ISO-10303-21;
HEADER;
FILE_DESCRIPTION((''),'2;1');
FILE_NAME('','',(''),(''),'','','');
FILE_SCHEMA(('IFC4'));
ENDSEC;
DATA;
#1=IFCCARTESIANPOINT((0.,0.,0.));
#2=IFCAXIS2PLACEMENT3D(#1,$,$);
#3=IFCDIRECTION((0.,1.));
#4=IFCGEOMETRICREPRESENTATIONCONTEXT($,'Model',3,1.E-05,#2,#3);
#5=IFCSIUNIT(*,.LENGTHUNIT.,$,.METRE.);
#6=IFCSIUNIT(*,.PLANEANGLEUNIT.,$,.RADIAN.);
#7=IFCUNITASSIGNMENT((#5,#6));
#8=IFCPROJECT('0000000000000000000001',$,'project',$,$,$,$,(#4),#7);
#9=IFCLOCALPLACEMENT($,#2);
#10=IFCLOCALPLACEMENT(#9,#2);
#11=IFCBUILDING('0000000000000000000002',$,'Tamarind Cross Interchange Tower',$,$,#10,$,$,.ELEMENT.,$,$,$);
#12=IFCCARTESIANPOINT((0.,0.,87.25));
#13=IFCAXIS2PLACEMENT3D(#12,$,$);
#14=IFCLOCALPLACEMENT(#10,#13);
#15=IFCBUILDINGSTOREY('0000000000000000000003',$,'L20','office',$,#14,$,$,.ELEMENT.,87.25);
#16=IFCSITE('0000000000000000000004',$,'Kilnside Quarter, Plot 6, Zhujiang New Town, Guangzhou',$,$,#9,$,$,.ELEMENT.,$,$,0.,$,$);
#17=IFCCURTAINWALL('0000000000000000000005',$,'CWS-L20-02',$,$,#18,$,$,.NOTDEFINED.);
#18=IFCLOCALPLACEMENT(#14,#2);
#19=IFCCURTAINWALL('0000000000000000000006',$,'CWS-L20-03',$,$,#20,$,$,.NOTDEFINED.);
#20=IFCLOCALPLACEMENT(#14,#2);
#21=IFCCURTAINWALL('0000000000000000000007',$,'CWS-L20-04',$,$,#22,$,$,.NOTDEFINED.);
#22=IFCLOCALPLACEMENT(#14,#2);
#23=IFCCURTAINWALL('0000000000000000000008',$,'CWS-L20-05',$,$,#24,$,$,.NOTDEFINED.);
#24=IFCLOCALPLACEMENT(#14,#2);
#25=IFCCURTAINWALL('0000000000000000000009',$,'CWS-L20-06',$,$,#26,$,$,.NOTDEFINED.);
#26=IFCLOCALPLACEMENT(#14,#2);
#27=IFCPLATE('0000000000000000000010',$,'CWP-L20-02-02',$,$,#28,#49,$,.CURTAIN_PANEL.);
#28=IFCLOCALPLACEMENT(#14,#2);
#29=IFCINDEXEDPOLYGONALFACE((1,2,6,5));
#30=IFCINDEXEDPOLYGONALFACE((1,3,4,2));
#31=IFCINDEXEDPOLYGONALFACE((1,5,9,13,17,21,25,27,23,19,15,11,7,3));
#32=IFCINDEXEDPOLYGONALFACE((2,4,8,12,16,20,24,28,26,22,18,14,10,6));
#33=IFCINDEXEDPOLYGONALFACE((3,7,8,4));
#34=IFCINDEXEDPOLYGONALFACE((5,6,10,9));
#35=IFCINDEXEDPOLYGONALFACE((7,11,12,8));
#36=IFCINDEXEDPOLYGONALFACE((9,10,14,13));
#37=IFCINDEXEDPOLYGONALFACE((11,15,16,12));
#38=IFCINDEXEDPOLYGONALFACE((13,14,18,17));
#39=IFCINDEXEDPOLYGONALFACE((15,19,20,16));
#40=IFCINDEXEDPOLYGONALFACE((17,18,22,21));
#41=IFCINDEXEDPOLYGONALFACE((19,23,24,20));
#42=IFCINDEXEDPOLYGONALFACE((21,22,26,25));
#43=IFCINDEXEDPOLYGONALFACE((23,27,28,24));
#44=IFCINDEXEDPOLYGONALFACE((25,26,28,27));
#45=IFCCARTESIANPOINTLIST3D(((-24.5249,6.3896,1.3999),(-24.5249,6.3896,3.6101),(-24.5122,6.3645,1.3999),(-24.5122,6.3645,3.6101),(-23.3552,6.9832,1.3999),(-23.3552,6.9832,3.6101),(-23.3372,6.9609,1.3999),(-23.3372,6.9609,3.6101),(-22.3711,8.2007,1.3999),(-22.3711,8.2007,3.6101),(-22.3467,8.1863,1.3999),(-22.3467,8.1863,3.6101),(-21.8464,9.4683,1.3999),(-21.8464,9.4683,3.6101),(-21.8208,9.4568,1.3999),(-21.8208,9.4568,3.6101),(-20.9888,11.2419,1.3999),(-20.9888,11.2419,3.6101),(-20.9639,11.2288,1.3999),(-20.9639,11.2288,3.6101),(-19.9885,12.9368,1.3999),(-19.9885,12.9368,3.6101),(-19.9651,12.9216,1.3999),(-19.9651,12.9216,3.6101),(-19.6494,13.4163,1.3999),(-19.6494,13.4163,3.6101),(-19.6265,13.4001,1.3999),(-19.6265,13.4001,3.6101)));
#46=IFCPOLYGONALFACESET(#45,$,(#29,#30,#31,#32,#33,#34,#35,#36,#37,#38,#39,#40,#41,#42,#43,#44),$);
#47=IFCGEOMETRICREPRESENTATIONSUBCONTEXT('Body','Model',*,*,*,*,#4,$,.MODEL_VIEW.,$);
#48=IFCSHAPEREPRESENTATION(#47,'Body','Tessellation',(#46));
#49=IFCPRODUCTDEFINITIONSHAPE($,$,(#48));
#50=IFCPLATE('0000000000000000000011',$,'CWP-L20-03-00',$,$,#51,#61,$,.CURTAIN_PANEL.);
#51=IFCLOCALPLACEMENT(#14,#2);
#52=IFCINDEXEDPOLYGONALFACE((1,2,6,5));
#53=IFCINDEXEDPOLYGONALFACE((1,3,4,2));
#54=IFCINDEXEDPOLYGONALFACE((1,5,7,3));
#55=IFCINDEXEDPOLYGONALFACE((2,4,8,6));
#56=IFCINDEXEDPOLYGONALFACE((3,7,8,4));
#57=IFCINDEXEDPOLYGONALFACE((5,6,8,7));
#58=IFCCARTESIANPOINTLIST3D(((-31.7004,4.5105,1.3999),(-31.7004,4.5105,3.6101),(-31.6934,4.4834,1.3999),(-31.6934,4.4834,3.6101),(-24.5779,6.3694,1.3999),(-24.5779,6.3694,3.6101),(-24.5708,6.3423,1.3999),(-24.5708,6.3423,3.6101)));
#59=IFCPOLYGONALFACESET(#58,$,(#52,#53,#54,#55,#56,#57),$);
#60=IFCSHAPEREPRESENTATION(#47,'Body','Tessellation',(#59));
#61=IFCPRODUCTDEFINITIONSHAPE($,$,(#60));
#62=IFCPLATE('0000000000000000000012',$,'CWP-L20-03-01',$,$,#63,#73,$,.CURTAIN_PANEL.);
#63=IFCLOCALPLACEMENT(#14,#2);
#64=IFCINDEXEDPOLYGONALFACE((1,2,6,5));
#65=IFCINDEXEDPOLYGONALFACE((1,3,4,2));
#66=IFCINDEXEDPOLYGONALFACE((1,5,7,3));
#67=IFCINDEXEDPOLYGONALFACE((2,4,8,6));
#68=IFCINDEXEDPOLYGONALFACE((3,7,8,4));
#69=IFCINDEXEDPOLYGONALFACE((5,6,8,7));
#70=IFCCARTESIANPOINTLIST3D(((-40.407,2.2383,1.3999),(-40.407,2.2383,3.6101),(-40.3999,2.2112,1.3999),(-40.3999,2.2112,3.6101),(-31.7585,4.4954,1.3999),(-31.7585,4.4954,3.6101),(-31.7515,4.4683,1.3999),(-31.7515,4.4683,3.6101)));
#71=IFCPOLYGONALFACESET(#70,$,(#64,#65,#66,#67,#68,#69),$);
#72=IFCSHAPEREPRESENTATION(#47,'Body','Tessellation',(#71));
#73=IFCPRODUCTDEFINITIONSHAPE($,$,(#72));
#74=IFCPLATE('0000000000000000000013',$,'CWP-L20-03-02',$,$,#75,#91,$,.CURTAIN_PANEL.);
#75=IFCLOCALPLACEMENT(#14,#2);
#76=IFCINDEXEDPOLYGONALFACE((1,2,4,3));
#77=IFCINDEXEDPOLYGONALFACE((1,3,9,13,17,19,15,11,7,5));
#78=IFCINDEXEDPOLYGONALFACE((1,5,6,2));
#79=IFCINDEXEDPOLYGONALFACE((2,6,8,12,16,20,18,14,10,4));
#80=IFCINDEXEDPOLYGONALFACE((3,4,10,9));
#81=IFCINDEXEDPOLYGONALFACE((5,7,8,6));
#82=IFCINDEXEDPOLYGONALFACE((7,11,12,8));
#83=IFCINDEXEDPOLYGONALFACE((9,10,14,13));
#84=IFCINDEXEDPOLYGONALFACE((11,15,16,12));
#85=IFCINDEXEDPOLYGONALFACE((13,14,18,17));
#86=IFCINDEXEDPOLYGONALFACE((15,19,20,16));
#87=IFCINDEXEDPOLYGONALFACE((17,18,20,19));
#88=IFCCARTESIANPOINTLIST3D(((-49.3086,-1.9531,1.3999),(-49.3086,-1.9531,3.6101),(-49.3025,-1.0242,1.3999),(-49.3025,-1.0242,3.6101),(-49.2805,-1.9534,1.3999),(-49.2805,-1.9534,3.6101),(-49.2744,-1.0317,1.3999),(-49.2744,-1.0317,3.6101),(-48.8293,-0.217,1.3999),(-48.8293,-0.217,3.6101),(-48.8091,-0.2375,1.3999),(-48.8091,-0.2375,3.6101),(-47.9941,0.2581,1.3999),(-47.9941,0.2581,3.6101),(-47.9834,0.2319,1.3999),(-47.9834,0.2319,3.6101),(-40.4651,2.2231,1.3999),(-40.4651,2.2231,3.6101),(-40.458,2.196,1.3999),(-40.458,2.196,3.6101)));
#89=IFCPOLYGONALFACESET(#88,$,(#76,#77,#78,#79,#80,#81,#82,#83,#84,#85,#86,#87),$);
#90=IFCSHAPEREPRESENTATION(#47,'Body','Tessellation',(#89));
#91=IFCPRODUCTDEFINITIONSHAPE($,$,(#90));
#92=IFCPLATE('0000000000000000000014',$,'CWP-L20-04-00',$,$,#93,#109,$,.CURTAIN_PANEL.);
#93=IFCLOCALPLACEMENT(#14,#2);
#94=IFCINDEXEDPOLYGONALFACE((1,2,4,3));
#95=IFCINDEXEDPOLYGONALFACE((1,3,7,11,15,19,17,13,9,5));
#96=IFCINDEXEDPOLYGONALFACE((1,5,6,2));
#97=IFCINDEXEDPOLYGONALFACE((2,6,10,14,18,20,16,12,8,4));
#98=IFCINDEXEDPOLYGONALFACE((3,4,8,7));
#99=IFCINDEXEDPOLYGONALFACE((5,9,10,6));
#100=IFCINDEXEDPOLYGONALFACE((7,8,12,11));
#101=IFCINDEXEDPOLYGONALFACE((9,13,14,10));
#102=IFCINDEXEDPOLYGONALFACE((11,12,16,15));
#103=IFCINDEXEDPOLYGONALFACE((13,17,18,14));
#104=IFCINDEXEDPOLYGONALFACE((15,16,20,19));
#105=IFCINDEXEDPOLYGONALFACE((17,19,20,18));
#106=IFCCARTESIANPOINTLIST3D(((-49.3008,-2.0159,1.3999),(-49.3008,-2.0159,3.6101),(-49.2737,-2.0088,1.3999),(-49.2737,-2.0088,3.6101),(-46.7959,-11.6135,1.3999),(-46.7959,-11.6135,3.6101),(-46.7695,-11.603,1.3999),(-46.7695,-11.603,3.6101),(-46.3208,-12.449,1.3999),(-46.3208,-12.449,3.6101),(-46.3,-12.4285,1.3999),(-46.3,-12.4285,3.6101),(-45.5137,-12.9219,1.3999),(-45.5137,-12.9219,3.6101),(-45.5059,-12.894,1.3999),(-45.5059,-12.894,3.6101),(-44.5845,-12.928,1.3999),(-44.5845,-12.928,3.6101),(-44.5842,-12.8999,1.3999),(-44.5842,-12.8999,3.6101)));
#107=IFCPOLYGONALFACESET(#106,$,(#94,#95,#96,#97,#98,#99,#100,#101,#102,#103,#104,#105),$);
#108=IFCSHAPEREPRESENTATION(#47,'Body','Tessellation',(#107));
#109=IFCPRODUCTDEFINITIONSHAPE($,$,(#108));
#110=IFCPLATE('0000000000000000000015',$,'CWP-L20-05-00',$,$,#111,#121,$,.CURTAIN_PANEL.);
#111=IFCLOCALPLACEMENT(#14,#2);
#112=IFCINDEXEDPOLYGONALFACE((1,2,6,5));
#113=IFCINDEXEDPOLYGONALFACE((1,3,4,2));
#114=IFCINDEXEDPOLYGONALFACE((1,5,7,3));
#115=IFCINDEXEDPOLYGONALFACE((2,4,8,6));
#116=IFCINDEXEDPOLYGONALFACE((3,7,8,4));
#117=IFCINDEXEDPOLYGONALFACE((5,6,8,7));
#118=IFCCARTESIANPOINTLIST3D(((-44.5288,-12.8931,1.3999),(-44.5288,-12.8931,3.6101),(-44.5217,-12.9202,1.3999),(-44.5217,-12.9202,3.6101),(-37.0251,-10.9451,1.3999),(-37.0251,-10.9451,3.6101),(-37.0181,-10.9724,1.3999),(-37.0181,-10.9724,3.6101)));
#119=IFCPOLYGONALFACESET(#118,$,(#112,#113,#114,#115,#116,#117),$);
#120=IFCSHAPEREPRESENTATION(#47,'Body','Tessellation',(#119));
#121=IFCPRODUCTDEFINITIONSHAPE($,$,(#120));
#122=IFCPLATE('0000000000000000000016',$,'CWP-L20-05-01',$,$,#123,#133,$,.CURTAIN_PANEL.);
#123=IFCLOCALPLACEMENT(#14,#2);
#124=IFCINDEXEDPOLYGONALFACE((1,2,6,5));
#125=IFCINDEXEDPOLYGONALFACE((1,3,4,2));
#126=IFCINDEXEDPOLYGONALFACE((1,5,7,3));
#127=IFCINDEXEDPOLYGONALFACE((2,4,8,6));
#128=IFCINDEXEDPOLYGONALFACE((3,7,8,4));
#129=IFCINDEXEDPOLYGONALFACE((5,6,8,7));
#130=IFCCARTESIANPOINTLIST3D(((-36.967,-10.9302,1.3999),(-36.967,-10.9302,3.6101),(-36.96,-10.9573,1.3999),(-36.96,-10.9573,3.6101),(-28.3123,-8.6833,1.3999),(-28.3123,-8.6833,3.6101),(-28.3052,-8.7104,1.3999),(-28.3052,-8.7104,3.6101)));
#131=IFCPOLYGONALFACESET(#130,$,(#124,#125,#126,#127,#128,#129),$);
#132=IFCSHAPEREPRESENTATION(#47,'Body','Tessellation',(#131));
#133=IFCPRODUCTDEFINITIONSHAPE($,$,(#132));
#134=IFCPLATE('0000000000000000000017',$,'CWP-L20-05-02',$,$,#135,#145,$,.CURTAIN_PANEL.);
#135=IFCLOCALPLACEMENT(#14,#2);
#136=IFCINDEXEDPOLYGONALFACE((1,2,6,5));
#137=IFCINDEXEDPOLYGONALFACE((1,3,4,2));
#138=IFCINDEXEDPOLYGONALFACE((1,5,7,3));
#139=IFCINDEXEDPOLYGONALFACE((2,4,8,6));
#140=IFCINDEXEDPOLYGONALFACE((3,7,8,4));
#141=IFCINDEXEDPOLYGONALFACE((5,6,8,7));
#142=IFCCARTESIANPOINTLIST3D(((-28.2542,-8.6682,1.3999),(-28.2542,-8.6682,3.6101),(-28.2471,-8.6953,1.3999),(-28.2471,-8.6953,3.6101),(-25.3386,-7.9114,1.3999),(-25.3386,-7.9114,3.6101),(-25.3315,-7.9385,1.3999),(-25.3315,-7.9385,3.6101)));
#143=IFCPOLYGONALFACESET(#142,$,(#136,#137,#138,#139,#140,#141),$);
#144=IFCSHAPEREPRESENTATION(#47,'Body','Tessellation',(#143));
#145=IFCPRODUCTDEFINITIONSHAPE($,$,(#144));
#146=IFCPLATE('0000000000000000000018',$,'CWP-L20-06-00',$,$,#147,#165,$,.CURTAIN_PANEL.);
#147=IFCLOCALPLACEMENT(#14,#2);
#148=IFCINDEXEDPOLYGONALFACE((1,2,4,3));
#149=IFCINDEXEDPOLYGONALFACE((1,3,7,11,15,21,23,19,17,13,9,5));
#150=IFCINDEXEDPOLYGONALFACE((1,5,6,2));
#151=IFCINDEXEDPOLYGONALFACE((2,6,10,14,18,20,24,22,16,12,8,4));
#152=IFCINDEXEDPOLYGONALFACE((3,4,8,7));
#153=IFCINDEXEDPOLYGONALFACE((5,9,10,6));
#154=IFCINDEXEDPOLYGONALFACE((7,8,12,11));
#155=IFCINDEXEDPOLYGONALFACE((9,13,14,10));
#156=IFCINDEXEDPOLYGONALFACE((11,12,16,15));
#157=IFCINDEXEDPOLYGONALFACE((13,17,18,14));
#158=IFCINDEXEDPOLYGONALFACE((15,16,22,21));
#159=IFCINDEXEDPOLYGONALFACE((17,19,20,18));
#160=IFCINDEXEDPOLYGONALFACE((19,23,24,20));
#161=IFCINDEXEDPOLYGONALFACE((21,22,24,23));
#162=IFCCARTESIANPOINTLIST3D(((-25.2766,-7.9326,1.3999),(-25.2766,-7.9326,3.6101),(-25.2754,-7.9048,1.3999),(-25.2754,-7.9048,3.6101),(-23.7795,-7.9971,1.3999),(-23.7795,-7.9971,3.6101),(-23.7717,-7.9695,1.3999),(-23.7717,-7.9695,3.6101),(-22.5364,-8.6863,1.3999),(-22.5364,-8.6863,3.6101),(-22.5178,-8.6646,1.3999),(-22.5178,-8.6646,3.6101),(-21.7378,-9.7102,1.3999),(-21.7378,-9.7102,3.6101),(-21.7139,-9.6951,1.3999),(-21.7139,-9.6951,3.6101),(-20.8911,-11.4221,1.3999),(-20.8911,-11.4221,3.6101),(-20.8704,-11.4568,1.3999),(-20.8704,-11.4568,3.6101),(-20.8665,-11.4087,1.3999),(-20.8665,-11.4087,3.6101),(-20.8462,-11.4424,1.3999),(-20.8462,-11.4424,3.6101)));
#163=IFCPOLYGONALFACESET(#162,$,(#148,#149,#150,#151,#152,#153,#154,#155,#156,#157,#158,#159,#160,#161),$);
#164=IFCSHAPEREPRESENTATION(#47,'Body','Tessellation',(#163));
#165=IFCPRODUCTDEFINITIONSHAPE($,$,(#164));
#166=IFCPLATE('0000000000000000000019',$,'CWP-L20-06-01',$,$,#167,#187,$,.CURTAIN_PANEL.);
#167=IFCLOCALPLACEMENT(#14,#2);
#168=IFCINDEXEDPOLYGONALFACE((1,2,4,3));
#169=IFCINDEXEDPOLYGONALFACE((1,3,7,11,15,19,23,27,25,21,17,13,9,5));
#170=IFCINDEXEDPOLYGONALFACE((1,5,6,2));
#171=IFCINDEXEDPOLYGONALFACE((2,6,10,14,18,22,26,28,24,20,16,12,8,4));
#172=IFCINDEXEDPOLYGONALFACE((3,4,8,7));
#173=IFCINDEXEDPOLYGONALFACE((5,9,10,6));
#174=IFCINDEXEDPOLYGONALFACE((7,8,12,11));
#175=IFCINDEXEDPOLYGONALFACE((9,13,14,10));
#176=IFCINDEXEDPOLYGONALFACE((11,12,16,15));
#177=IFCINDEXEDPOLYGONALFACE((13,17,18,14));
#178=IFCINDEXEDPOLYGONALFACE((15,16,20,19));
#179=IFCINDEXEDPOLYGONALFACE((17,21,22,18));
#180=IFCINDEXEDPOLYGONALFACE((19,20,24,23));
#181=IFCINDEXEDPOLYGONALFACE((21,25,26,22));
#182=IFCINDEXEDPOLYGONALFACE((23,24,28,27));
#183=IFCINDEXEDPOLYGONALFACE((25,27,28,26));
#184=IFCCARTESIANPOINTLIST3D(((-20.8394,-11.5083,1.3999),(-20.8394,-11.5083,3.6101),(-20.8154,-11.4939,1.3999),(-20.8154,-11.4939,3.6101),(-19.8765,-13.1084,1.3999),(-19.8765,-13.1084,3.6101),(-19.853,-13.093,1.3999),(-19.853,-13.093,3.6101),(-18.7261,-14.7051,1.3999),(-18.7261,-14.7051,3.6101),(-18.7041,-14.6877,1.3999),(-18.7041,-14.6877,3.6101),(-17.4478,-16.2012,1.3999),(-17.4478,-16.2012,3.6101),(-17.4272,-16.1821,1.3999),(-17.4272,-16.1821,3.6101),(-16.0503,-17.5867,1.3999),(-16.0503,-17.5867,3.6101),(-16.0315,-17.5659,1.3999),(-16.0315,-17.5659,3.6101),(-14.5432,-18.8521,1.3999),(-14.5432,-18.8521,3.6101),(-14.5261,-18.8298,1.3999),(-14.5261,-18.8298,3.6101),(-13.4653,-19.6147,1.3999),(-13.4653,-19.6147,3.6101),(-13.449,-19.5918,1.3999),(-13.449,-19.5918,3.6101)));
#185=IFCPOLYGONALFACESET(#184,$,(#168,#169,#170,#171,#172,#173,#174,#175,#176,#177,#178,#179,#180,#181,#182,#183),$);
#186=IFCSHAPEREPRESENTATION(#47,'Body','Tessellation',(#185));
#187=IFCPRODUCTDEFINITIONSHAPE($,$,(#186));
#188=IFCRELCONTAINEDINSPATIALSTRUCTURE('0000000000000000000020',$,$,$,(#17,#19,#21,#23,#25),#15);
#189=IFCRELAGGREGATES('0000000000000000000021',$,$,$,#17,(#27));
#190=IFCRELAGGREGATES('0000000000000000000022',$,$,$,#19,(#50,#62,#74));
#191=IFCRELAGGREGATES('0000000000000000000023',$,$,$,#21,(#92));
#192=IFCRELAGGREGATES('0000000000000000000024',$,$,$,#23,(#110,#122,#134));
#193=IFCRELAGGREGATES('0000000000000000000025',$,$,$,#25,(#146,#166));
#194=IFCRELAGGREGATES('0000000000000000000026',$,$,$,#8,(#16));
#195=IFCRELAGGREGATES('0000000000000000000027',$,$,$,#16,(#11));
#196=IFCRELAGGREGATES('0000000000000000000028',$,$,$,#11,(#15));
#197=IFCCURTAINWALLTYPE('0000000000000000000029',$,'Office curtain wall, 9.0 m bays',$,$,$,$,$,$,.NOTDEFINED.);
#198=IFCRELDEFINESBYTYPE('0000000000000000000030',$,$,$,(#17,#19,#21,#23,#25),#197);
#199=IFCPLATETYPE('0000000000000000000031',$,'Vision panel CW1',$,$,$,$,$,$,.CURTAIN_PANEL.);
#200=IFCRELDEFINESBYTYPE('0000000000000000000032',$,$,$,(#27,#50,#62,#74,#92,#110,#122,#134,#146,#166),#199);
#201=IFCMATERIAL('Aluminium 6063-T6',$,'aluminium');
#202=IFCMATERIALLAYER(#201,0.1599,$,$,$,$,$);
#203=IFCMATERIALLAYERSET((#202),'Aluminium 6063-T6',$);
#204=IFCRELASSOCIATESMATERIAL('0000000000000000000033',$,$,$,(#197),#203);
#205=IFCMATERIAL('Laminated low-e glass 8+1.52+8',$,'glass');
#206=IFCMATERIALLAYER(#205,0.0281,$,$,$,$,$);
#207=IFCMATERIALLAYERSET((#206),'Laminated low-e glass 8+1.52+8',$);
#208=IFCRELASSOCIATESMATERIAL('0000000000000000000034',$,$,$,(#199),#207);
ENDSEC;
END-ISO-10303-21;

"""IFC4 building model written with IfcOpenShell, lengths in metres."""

from ifc_helpers import new_model, si_unit, direction, frame, origin, place, context, subcontext, project, spatial, polyline, outline, extrude, material, layer, layer_set, type_object, element, aggregate, save


model = new_model("IFC4")

# Units and contexts
model_context = context("Model", 3, precision=1e-05, world=origin(), true_north=direction((0.0, 1.0)))
body_context = subcontext(model_context, "Body", "Model", "MODEL_VIEW")
ifc_project = project(units=[si_unit("LENGTHUNIT", "METRE"), si_unit("PLANEANGLEUNIT", "RADIAN")], contexts=[model_context])

# Site, building, storey
site_placement = place(None, origin())
site = spatial("IfcSite", under=ifc_project, at=site_placement, Name="Kilnside Quarter, Plot 6, Zhujiang New Town, Guangzhou", CompositionType="ELEMENT", RefElevation=0.0)
building_placement = place(site_placement, origin())
building = spatial("IfcBuilding", under=site, at=building_placement, Name="Tamarind Cross Interchange Tower", CompositionType="ELEMENT")
storey_placement = place(building_placement, frame((0.0, 0.0, 87.25)))
storey = spatial("IfcBuildingStorey", under=building, at=storey_placement, Name="L20", Description="office", CompositionType="ELEMENT", Elevation=87.25)

# Curtain walls
ifc_material_1 = material(Name="Aluminium 6063-T6", Category="aluminium")
ifc_layer_1 = layer(ifc_material_1, 0.1599)
ifc_layer_set_1 = layer_set([ifc_layer_1], Name="Aluminium 6063-T6")
curtain_wall_type = type_object("IfcCurtainWallType", Name="Office curtain wall, 9.0 m bays", PredefinedType="NOTDEFINED", material=ifc_layer_set_1)
curtain_wall_1_placement = place(storey_placement, origin())
curtain_wall_1 = element("IfcCurtainWall", 1, at=curtain_wall_1_placement, inside=storey, type_object=curtain_wall_type, Name="CWS-L20-02", PredefinedType="NOTDEFINED")
curtain_wall_2_placement = place(storey_placement, origin())
curtain_wall_2 = element("IfcCurtainWall", 2, at=curtain_wall_2_placement, inside=storey, type_object=curtain_wall_type, Name="CWS-L20-03", PredefinedType="NOTDEFINED")
curtain_wall_3_placement = place(storey_placement, origin())
curtain_wall_3 = element("IfcCurtainWall", 3, at=curtain_wall_3_placement, inside=storey, type_object=curtain_wall_type, Name="CWS-L20-04", PredefinedType="NOTDEFINED")
curtain_wall_4_placement = place(storey_placement, origin())
curtain_wall_4 = element("IfcCurtainWall", 4, at=curtain_wall_4_placement, inside=storey, type_object=curtain_wall_type, Name="CWS-L20-05", PredefinedType="NOTDEFINED")
curtain_wall_5_placement = place(storey_placement, origin())
curtain_wall_5 = element("IfcCurtainWall", 5, at=curtain_wall_5_placement, inside=storey, type_object=curtain_wall_type, Name="CWS-L20-06", PredefinedType="NOTDEFINED")

# Plates
ifc_material_2 = material(Name="Laminated low-e glass 8+1.52+8", Category="glass")
ifc_layer_2 = layer(ifc_material_2, 0.0281)
ifc_layer_set_2 = layer_set([ifc_layer_2], Name="Laminated low-e glass 8+1.52+8")
plate_type = type_object("IfcPlateType", Name="Vision panel CW1", PredefinedType="CURTAIN_PANEL", material=ifc_layer_set_2)
plate_1_placement = place(storey_placement, frame((0.0, 0.0, 1.3999)))
plate_1 = element("IfcPlate", 6, at=plate_1_placement, type_object=plate_type, Name="CWP-L20-02-02", PredefinedType="CURTAIN_PANEL", context=body_context, shape_type="SweptSolid", body=[
    extrude(outline(polyline([(-19.6265, 13.4001), (-19.9651, 12.9216), (-20.9639, 11.2288), (-21.8208, 9.4568), (-22.3467, 8.1863), (-23.3372, 6.9609), (-24.5122, 6.3645), (-24.5249, 6.3896), (-23.3552, 6.9832), (-22.3711, 8.2007), (-21.8464, 9.4683), (-20.9888, 11.2419), (-19.9885, 12.9368), (-19.6494, 13.4163), (-19.6265, 13.4001)])), origin(), (0.0, 0.0, 1.0), 2.2102),
])
aggregate(curtain_wall_1, [plate_1])
plate_2_placement = place(storey_placement, frame((0.0, 0.0, 1.3999)))
plate_2 = element("IfcPlate", 7, at=plate_2_placement, type_object=plate_type, Name="CWP-L20-03-00", PredefinedType="CURTAIN_PANEL", context=body_context, shape_type="SweptSolid", body=[
    extrude(outline(polyline([(-24.5708, 6.3423), (-31.6934, 4.4834), (-31.7004, 4.5105), (-24.5779, 6.3694), (-24.5708, 6.3423)])), origin(), (0.0, 0.0, 1.0), 2.2102),
])
plate_3_placement = place(storey_placement, frame((0.0, 0.0, 1.3999)))
plate_3 = element("IfcPlate", 8, at=plate_3_placement, type_object=plate_type, Name="CWP-L20-03-01", PredefinedType="CURTAIN_PANEL", context=body_context, shape_type="SweptSolid", body=[
    extrude(outline(polyline([(-31.7515, 4.4683), (-40.3999, 2.2112), (-40.407, 2.2383), (-31.7585, 4.4954), (-31.7515, 4.4683)])), origin(), (0.0, 0.0, 1.0), 2.2102),
])
plate_4_placement = place(storey_placement, frame((0.0, 0.0, 1.3999)))
plate_4 = element("IfcPlate", 9, at=plate_4_placement, type_object=plate_type, Name="CWP-L20-03-02", PredefinedType="CURTAIN_PANEL", context=body_context, shape_type="SweptSolid", body=[
    extrude(outline(polyline([(-40.458, 2.196), (-47.9834, 0.2319), (-48.8091, -0.2375), (-49.2744, -1.0317), (-49.2805, -1.9534), (-49.3086, -1.9531), (-49.3025, -1.0242), (-48.8293, -0.217), (-47.9941, 0.2581), (-40.4651, 2.2231), (-40.458, 2.196)])), origin(), (0.0, 0.0, 1.0), 2.2102),
])
aggregate(curtain_wall_2, [plate_2, plate_3, plate_4])
plate_5_placement = place(storey_placement, frame((0.0, 0.0, 1.3999)))
plate_5 = element("IfcPlate", 10, at=plate_5_placement, type_object=plate_type, Name="CWP-L20-04-00", PredefinedType="CURTAIN_PANEL", context=body_context, shape_type="SweptSolid", body=[
    extrude(outline(polyline([(-49.2737, -2.0088), (-46.7695, -11.603), (-46.3, -12.4285), (-45.5059, -12.894), (-44.5842, -12.8999), (-44.5845, -12.928), (-45.5137, -12.9219), (-46.3208, -12.449), (-46.7959, -11.6135), (-49.3008, -2.0159), (-49.2737, -2.0088)])), origin(), (0.0, 0.0, 1.0), 2.2102),
])
aggregate(curtain_wall_3, [plate_5])
plate_6_placement = place(storey_placement, frame((0.0, 0.0, 1.3999)))
plate_6 = element("IfcPlate", 11, at=plate_6_placement, type_object=plate_type, Name="CWP-L20-05-00", PredefinedType="CURTAIN_PANEL", context=body_context, shape_type="SweptSolid", body=[
    extrude(outline(polyline([(-44.5288, -12.8931), (-37.0251, -10.9451), (-37.0181, -10.9724), (-44.5217, -12.9202), (-44.5288, -12.8931)])), origin(), (0.0, 0.0, 1.0), 2.2102),
])
plate_7_placement = place(storey_placement, frame((0.0, 0.0, 1.3999)))
plate_7 = element("IfcPlate", 12, at=plate_7_placement, type_object=plate_type, Name="CWP-L20-05-01", PredefinedType="CURTAIN_PANEL", context=body_context, shape_type="SweptSolid", body=[
    extrude(outline(polyline([(-36.967, -10.9302), (-28.3123, -8.6833), (-28.3052, -8.7104), (-36.96, -10.9573), (-36.967, -10.9302)])), origin(), (0.0, 0.0, 1.0), 2.2102),
])
plate_8_placement = place(storey_placement, frame((0.0, 0.0, 1.3999)))
plate_8 = element("IfcPlate", 13, at=plate_8_placement, type_object=plate_type, Name="CWP-L20-05-02", PredefinedType="CURTAIN_PANEL", context=body_context, shape_type="SweptSolid", body=[
    extrude(outline(polyline([(-28.2542, -8.6682), (-25.3386, -7.9114), (-25.3315, -7.9385), (-28.2471, -8.6953), (-28.2542, -8.6682)])), origin(), (0.0, 0.0, 1.0), 2.2102),
])
aggregate(curtain_wall_4, [plate_6, plate_7, plate_8])
plate_9_placement = place(storey_placement, frame((0.0, 0.0, 1.3999)))
plate_9 = element("IfcPlate", 14, at=plate_9_placement, type_object=plate_type, Name="CWP-L20-06-00", PredefinedType="CURTAIN_PANEL", context=body_context, shape_type="SweptSolid", body=[
    extrude(outline(polyline([(-25.2754, -7.9048), (-23.7717, -7.9695), (-22.5178, -8.6646), (-21.7139, -9.6951), (-20.8665, -11.4087), (-20.8462, -11.4424), (-20.8704, -11.4568), (-20.8911, -11.4221), (-21.7378, -9.7102), (-22.5364, -8.6863), (-23.7795, -7.9971), (-25.2766, -7.9326), (-25.2754, -7.9048)])), origin(), (0.0, 0.0, 1.0), 2.2102),
])
plate_10_placement = place(storey_placement, frame((0.0, 0.0, 1.3999)))
plate_10 = element("IfcPlate", 15, at=plate_10_placement, type_object=plate_type, Name="CWP-L20-06-01", PredefinedType="CURTAIN_PANEL", context=body_context, shape_type="SweptSolid", body=[
    extrude(outline(polyline([(-20.8154, -11.4939), (-19.853, -13.093), (-18.7041, -14.6877), (-17.4272, -16.1821), (-16.0315, -17.5659), (-14.5261, -18.8298), (-13.449, -19.5918), (-13.4653, -19.6147), (-14.5432, -18.8521), (-16.0503, -17.5867), (-17.4478, -16.2012), (-18.7261, -14.7051), (-19.8765, -13.1084), (-20.8394, -11.5083), (-20.8154, -11.4939)])), origin(), (0.0, 0.0, 1.0), 2.2102),
])
aggregate(curtain_wall_5, [plate_9, plate_10])

save(model, "model.ifc")
